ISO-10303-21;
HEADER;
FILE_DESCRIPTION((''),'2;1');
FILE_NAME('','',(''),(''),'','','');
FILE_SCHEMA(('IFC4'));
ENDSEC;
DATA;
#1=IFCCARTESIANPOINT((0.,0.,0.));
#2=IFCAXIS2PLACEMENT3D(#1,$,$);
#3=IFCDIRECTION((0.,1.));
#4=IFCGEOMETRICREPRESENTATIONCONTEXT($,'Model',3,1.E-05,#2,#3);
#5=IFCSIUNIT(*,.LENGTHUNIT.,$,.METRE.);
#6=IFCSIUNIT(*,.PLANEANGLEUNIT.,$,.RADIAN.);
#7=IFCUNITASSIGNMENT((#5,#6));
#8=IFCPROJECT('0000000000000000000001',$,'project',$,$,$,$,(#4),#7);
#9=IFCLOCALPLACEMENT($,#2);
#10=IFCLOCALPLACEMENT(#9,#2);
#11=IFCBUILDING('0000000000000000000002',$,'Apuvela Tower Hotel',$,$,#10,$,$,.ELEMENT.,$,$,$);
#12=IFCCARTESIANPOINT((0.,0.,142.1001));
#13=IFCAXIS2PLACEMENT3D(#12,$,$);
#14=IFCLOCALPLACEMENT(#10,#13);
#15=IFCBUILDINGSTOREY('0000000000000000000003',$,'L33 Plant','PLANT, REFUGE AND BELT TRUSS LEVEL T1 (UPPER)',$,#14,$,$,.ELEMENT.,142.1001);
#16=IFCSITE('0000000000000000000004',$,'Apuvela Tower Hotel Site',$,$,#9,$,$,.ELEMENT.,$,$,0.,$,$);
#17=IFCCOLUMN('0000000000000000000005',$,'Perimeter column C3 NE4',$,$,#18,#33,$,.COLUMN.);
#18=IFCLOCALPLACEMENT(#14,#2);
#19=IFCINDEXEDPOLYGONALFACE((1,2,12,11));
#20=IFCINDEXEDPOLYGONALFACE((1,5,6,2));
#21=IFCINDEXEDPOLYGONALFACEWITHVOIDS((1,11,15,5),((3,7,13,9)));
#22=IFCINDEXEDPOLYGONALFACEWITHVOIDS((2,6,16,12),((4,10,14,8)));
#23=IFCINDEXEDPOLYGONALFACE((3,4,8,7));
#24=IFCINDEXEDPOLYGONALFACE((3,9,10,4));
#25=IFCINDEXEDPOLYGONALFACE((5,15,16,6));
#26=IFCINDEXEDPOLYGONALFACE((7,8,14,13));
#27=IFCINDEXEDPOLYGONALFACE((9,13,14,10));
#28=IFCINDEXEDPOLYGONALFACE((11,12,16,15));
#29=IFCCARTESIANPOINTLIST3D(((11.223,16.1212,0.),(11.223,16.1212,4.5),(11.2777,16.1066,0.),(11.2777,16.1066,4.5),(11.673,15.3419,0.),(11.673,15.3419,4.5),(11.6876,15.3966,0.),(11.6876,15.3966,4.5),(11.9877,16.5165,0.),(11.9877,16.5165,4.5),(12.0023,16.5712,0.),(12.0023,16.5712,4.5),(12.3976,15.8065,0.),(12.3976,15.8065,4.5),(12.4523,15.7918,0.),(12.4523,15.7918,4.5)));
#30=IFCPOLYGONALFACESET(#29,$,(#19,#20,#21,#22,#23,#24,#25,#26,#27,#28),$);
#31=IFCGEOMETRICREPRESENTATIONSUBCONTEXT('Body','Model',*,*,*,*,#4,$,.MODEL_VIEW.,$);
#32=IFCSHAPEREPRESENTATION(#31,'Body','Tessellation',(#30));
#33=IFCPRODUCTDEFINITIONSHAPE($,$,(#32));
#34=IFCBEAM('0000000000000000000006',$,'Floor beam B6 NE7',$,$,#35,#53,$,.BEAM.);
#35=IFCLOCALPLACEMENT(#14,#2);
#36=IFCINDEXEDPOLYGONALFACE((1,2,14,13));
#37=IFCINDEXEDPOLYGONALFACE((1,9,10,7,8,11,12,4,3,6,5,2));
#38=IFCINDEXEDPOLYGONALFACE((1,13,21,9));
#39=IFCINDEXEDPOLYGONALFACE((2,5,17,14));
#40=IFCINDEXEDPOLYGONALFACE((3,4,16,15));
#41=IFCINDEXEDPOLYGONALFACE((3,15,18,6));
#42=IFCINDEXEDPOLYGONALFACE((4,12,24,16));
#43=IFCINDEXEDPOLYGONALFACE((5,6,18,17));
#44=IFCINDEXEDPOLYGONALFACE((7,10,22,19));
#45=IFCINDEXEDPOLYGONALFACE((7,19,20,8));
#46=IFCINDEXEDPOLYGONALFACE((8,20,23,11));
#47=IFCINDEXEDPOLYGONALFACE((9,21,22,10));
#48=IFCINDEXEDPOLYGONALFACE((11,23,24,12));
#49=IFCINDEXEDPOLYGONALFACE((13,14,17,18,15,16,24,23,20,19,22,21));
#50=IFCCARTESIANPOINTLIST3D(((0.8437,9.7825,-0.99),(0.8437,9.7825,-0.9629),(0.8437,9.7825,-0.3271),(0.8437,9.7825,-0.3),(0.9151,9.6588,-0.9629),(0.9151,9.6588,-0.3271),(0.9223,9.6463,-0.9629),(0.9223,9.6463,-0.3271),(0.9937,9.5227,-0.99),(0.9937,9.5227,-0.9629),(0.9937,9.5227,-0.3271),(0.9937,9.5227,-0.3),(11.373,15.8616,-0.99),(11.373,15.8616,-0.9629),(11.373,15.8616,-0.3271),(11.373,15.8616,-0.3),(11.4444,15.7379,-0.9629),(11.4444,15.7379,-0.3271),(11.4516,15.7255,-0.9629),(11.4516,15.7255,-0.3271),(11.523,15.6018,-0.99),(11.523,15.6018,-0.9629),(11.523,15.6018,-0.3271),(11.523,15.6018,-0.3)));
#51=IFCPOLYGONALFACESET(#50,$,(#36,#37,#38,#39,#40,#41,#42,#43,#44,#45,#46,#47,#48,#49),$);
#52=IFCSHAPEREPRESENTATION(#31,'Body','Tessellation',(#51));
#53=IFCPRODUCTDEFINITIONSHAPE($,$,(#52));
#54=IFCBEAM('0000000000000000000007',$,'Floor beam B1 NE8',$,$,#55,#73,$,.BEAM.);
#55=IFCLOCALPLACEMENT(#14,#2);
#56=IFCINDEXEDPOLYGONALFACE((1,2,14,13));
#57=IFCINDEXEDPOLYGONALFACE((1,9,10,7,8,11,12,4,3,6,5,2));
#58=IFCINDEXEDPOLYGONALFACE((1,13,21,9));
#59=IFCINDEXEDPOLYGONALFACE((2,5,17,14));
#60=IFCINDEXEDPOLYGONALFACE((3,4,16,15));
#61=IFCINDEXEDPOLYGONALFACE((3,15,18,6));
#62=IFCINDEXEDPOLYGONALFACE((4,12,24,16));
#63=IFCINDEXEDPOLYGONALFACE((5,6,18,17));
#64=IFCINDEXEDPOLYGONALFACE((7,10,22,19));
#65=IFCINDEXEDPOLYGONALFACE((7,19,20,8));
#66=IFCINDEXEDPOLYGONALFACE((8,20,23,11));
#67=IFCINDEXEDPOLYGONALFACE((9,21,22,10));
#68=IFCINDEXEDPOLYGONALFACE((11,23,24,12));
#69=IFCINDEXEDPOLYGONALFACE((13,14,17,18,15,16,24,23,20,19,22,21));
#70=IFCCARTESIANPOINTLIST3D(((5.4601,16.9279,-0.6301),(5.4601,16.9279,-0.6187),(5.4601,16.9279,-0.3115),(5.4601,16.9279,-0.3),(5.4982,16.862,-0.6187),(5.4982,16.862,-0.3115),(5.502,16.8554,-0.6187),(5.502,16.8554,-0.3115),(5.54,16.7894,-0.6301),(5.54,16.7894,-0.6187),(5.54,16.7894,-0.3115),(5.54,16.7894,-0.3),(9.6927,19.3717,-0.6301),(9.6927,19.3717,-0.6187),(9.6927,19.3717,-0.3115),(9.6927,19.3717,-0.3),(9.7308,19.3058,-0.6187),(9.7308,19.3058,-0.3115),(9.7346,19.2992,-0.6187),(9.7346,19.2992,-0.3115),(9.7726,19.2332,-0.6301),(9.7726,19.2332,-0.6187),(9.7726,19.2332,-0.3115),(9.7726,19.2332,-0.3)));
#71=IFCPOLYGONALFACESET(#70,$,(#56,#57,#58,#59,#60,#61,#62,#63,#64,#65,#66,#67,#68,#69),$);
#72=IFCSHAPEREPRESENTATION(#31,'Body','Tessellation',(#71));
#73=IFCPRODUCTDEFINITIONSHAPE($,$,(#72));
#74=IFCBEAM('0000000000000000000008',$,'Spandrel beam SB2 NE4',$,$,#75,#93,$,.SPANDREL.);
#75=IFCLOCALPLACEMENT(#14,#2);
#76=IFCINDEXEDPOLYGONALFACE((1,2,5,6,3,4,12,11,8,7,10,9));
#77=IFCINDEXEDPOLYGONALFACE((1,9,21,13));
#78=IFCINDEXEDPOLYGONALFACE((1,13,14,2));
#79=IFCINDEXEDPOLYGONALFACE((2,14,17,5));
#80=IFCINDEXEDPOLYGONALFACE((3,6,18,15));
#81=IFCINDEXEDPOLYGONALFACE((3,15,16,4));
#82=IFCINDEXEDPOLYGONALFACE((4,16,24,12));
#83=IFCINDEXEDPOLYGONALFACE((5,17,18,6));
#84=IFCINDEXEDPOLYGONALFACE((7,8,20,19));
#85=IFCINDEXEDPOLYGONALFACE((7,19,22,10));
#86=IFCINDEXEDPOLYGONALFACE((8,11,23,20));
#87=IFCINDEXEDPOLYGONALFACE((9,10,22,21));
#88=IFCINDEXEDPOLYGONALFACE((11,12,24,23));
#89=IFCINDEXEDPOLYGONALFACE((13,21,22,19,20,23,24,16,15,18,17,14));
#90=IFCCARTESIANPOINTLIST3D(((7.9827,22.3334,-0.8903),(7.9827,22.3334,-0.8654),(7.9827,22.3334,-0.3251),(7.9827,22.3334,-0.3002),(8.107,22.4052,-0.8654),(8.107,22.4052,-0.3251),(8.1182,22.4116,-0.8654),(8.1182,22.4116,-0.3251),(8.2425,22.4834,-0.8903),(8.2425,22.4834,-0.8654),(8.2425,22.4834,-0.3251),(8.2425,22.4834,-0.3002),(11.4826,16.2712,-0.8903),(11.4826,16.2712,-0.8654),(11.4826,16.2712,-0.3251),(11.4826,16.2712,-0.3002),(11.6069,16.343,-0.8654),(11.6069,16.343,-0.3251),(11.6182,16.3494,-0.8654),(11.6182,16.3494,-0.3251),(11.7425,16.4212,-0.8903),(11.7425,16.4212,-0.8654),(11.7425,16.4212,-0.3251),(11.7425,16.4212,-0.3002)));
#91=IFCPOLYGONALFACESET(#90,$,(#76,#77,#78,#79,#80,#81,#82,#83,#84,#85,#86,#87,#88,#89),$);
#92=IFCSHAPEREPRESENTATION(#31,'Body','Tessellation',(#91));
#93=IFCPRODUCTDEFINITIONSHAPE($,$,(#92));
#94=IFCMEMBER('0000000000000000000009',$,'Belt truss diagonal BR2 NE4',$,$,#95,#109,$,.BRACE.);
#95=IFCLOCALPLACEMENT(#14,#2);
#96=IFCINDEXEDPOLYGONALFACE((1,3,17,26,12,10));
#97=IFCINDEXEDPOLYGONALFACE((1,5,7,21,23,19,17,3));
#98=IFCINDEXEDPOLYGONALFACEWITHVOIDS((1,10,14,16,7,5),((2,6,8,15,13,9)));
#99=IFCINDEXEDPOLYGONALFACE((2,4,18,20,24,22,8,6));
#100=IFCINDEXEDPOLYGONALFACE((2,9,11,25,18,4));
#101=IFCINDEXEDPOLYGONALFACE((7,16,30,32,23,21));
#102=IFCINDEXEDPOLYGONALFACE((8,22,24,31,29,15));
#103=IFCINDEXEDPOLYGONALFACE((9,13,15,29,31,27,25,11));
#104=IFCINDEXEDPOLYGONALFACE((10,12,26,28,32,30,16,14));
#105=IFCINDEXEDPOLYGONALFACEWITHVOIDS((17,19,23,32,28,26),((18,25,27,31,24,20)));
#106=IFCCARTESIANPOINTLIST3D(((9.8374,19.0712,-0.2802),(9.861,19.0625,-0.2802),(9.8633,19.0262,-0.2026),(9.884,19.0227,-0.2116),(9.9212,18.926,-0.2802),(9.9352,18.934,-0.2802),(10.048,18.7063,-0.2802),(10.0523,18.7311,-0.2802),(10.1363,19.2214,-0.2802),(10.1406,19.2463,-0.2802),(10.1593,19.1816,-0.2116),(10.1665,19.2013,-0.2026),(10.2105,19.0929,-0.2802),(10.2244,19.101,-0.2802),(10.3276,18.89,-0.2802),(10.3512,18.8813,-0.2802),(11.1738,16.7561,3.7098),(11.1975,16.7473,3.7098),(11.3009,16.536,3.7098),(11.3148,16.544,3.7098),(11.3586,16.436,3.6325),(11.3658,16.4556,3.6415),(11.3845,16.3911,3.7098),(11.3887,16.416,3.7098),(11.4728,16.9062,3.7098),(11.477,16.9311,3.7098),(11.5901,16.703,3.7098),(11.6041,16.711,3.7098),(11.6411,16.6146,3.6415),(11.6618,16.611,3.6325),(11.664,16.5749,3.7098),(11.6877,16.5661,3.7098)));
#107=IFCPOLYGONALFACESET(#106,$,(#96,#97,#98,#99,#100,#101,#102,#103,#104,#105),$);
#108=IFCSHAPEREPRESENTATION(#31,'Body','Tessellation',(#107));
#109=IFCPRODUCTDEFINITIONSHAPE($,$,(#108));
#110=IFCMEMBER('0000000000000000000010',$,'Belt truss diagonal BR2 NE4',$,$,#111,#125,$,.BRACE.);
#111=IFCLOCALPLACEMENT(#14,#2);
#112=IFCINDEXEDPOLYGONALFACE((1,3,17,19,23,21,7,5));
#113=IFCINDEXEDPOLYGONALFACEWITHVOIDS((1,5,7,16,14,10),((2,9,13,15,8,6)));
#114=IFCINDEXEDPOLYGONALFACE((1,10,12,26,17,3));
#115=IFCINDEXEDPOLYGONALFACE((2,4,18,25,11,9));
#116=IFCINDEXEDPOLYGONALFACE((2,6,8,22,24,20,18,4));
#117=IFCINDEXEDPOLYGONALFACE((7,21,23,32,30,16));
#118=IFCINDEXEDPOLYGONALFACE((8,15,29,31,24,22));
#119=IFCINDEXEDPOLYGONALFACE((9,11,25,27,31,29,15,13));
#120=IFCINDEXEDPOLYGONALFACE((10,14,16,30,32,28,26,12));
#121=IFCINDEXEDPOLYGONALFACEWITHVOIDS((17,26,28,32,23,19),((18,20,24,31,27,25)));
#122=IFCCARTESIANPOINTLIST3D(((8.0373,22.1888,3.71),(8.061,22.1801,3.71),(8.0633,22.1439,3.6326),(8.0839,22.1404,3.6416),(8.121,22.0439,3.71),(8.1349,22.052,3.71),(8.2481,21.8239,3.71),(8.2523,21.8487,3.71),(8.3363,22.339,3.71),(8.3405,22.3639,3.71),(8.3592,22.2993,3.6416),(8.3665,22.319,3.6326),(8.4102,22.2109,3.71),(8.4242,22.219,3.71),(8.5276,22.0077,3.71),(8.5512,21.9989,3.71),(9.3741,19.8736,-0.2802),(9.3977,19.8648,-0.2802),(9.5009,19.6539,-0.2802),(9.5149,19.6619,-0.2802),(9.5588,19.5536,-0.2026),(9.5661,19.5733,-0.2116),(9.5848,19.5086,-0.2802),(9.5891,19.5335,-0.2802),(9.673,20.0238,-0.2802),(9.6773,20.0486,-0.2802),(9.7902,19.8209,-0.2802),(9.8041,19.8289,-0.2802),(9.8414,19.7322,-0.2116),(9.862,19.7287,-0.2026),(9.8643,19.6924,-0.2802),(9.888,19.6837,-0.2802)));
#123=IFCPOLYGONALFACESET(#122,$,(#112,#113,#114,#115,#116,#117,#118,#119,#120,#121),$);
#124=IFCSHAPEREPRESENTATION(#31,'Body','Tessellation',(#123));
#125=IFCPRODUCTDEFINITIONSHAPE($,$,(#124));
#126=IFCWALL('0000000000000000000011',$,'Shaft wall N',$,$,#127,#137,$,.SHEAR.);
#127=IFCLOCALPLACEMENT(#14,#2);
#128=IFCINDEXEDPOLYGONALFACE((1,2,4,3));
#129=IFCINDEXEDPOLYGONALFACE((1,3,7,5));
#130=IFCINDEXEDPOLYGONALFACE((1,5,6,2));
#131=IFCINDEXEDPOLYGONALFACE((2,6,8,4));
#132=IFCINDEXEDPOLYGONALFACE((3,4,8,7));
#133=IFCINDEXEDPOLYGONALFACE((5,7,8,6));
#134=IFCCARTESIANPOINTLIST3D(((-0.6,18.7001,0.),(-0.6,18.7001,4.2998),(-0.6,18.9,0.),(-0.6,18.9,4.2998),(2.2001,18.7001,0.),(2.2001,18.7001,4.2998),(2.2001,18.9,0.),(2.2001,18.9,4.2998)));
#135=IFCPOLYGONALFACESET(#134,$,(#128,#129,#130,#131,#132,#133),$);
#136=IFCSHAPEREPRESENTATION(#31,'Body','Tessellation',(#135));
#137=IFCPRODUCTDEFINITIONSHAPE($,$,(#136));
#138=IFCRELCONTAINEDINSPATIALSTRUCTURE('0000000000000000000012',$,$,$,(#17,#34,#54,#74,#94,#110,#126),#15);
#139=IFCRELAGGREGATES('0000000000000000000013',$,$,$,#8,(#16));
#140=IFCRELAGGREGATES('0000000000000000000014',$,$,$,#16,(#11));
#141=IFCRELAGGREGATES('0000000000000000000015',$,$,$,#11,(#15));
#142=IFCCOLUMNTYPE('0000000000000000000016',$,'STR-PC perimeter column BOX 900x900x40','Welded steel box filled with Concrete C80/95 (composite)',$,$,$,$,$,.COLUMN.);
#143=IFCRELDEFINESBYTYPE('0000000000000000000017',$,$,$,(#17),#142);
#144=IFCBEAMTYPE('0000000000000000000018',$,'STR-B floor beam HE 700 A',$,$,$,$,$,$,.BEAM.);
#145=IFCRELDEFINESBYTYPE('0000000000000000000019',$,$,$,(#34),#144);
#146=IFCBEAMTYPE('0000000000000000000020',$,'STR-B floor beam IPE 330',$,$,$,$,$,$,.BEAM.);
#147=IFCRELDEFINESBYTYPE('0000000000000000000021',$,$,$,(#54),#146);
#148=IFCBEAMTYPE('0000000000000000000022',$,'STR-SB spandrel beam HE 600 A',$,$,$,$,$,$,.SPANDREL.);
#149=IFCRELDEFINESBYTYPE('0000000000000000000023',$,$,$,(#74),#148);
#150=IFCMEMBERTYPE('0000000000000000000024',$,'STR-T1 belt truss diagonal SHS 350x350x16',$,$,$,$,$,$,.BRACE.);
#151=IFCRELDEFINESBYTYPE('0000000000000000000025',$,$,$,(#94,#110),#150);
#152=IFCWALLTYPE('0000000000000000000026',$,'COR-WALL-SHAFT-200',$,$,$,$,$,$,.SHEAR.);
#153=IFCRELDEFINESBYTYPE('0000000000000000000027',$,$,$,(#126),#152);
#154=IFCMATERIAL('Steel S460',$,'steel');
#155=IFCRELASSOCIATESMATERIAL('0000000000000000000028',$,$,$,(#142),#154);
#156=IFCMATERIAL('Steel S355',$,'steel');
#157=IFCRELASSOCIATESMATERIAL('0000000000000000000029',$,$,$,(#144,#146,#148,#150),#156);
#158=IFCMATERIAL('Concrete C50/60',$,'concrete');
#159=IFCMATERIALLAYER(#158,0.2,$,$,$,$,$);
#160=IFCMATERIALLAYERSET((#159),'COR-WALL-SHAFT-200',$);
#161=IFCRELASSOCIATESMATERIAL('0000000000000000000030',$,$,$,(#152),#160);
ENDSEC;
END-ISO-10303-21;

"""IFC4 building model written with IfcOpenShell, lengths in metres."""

from ifc_helpers import new_model, si_unit, direction, frame, frame_2d, origin, origin_2d, place, context, subcontext, project, spatial, rectangle, hollow_rectangle, i_section, extrude, boolean, halfspace, material, layer, layer_set, material_profile, profile_set, type_object, element, save


model = new_model("IFC4")

# Units and contexts
model_context = context("Model", 3, precision=1e-05, world=origin(), true_north=direction((0.0, 1.0)))
body_context = subcontext(model_context, "Body", "Model", "MODEL_VIEW")
ifc_project = project(units=[si_unit("LENGTHUNIT", "METRE"), si_unit("PLANEANGLEUNIT", "RADIAN")], contexts=[model_context])

# Site, building, storey
site_placement = place(None, origin())
site = spatial("IfcSite", under=ifc_project, at=site_placement, Name="Apuvela Tower Hotel Site", CompositionType="ELEMENT", RefElevation=0.0)
building_placement = place(site_placement, origin())
building = spatial("IfcBuilding", under=site, at=building_placement, Name="Apuvela Tower Hotel", CompositionType="ELEMENT")
storey_placement = place(building_placement, frame((0.0, 0.0, 142.1001)))
storey = spatial("IfcBuildingStorey", under=building, at=storey_placement, Name="L33 Plant", Description="PLANT, REFUGE AND BELT TRUSS LEVEL T1 (UPPER)", CompositionType="ELEMENT", Elevation=142.1001)

# Column
ifc_material_1 = material(Name="Steel S460", Category="steel")
ifc_material_profile_1 = material_profile(ifc_material_1, hollow_rectangle(XDim=0.8999, YDim=0.8999, WallThickness=0.04, at=origin_2d()), Name="BOX 900x900x40")
ifc_material_2 = material(Name="Concrete C80/95", Category="concrete")
ifc_material_profile_2 = material_profile(ifc_material_2, rectangle(XDim=0.8201, YDim=0.8201, at=origin_2d()), Name="Concrete C80/95 infill")
ifc_profile_set_1 = profile_set([ifc_material_profile_1, ifc_material_profile_2], Name="Steel S460")
column_type = type_object("IfcColumnType", Name="STR-PC perimeter column BOX 900x900x40", Description="Welded steel box filled with Concrete C80/95 (composite)", PredefinedType="COLUMN", material=ifc_profile_set_1)
column_placement = place(storey_placement, frame((11.8376, 15.9565, 0.0), z_axis=(0.0, 0.0, 1.0), x_axis=(-0.5, 0.866025, 0.0)))
element("IfcColumn", 1, at=column_placement, inside=storey, type_object=column_type, Name="Perimeter column C3 NE4", PredefinedType="COLUMN", context=body_context, shape_type="SweptSolid", body=[
    extrude(hollow_rectangle(XDim=0.8999, YDim=0.8999, WallThickness=0.04, at=origin_2d()), origin(), (0.0, 0.0, 1.0), 4.5),
])

# Beams
ifc_material_3 = material(Name="Steel S355", Category="steel")
ifc_material_profile_3 = material_profile(ifc_material_3, i_section(OverallWidth=0.3, OverallDepth=0.6899, WebThickness=0.0144, FlangeThickness=0.0271, at=origin_2d()), Name="HE 700 A")
ifc_profile_set_2 = profile_set([ifc_material_profile_3], Name="Steel S355")
beam_type_1 = type_object("IfcBeamType", Name="STR-B floor beam HE 700 A", PredefinedType="BEAM", material=ifc_profile_set_2)
beam_1_placement = place(storey_placement, frame((11.448, 15.7317, -0.645), z_axis=(-0.866025, -0.500001, 0.0), x_axis=(0.500001, -0.866025, 0.0)))
element("IfcBeam", 2, at=beam_1_placement, inside=storey, type_object=beam_type_1, Name="Floor beam B6 NE7", PredefinedType="BEAM", context=body_context, shape_type="SweptSolid", body=[
    extrude(i_section(OverallWidth=0.3, OverallDepth=0.6899, WebThickness=0.0144, FlangeThickness=0.0271, at=origin_2d()), origin(), (0.0, 0.0, 1.0), 12.1582),
])
ifc_material_profile_4 = material_profile(ifc_material_3, i_section(OverallWidth=0.1599, OverallDepth=0.3301, WebThickness=0.0076, FlangeThickness=0.0115, at=origin_2d()), Name="IPE 330")
ifc_profile_set_3 = profile_set([ifc_material_profile_4], Name="Steel S355")
beam_type_2 = type_object("IfcBeamType", Name="STR-B floor beam IPE 330", PredefinedType="BEAM", material=ifc_profile_set_3)
beam_2_placement = place(storey_placement, frame((9.7327, 19.3025, -0.4651), z_axis=(-0.866015, -0.500018, 0.0), x_axis=(0.500018, -0.866015, 0.0)))
element("IfcBeam", 3, at=beam_2_placement, inside=storey, type_object=beam_type_2, Name="Floor beam B1 NE8", PredefinedType="BEAM", context=body_context, shape_type="SweptSolid", body=[
    extrude(i_section(OverallWidth=0.1599, OverallDepth=0.3301, WebThickness=0.0076, FlangeThickness=0.0115, at=origin_2d()), origin(), (0.0, 0.0, 1.0), 4.8875),
])
ifc_material_profile_5 = material_profile(ifc_material_3, i_section(OverallWidth=0.3, OverallDepth=0.5901, WebThickness=0.0129, FlangeThickness=0.0249, at=origin_2d()), Name="HE 600 A")
ifc_profile_set_4 = profile_set([ifc_material_profile_5], Name="Steel S355")
beam_type_3 = type_object("IfcBeamType", Name="STR-SB spandrel beam HE 600 A", PredefinedType="SPANDREL", material=ifc_profile_set_4)
beam_3_placement = place(storey_placement, frame((11.6125, 16.3462, -0.5952), z_axis=(-0.499995, 0.866028, 0.0), x_axis=(-0.866028, -0.499995, 0.0)))
element("IfcBeam", 4, at=beam_3_placement, inside=storey, type_object=beam_type_3, Name="Spandrel beam SB2 NE4", PredefinedType="SPANDREL", context=body_context, shape_type="SweptSolid", body=[
    extrude(i_section(OverallWidth=0.3, OverallDepth=0.5901, WebThickness=0.0129, FlangeThickness=0.0249, at=origin_2d()), origin(), (0.0, 0.0, 1.0), 7.0),
])

# Members
ifc_material_profile_6 = material_profile(ifc_material_3, hollow_rectangle(XDim=0.3501, YDim=0.3501, WallThickness=0.0161, at=origin_2d()), Name="SHS 350x350x16")
ifc_profile_set_5 = profile_set([ifc_material_profile_6], Name="Steel S355")
member_type = type_object("IfcMemberType", Name="STR-T1 belt truss diagonal SHS 350x350x16", PredefinedType="BRACE", material=ifc_profile_set_5)
member_1_placement = place(storey_placement, frame((10.0876, 18.9878, -0.3), z_axis=(0.278269, -0.48205, 0.830779), x_axis=(-0.415341, 0.719504, 0.556602)))
solid_1 = boolean("DIFFERENCE", boolean("DIFFERENCE", extrude(hollow_rectangle(XDim=0.3501, YDim=0.3501, WallThickness=0.0161, at=origin_2d()), frame((0.0, 0.0, -0.2373)), (0.0, 0.0, 1.0), 5.3252), halfspace(frame((0.0, 0.0, 0.0239), z_axis=(0.556602, 0.0, 0.830779), x_axis=(0.830779, 0.0, -0.556602)), True)), halfspace(frame((0.0, 0.0, 4.8267), z_axis=(0.556602, 0.0, 0.830779), x_axis=(0.830779, 0.0, -0.556602)), False))
element("IfcMember", 5, at=member_1_placement, inside=storey, type_object=member_type, Name="Belt truss diagonal BR2 NE4", PredefinedType="BRACE", context=body_context, shape_type="SweptSolid", body=[
    boolean("UNION", boolean("DIFFERENCE", boolean("DIFFERENCE", extrude(hollow_rectangle(XDim=0.3501, YDim=0.3501, WallThickness=0.0161, at=origin_2d()), origin(), (0.0, 0.0, 1.0), 4.8508), halfspace(frame((0.0, 0.0, 0.0239), z_axis=(0.556602, 0.0, 0.830779), x_axis=(0.830779, 0.0, -0.556602)), True)), halfspace(frame((0.0, 0.0, 4.8267), z_axis=(0.556602, 0.0, 0.830779), x_axis=(0.830779, 0.0, -0.556602)), False)), solid_1),
])
member_2_placement = place(storey_placement, frame((9.6377, 19.7671, -0.3), z_axis=(-0.278315, 0.482044, 0.830768), x_axis=(0.415392, -0.719461, 0.556619)))
solid_2 = boolean("DIFFERENCE", boolean("DIFFERENCE", extrude(hollow_rectangle(XDim=0.3501, YDim=0.3501, WallThickness=0.0161, at=origin_2d()), frame((0.0, 0.0, -0.2373)), (0.0, 0.0, 1.0), 5.3254), halfspace(frame((0.0, 0.0, 0.0239), z_axis=(0.556619, 0.0, 0.830768), x_axis=(0.830768, 0.0, -0.556619)), True)), halfspace(frame((0.0, 0.0, 4.8269), z_axis=(0.556619, 0.0, 0.830768), x_axis=(0.830768, 0.0, -0.556619)), False))
element("IfcMember", 6, at=member_2_placement, inside=storey, type_object=member_type, Name="Belt truss diagonal BR2 NE4", PredefinedType="BRACE", context=body_context, shape_type="SweptSolid", body=[
    boolean("UNION", boolean("DIFFERENCE", boolean("DIFFERENCE", extrude(hollow_rectangle(XDim=0.3501, YDim=0.3501, WallThickness=0.0161, at=origin_2d()), origin(), (0.0, 0.0, 1.0), 4.8511), halfspace(frame((0.0, 0.0, 0.0239), z_axis=(0.556619, 0.0, 0.830768), x_axis=(0.830768, 0.0, -0.556619)), True)), halfspace(frame((0.0, 0.0, 4.8269), z_axis=(0.556619, 0.0, 0.830768), x_axis=(0.830768, 0.0, -0.556619)), False)), solid_2),
])

# Wall
ifc_material_4 = material(Name="Concrete C50/60", Category="concrete")
ifc_layer_1 = layer(ifc_material_4, 0.2)
ifc_layer_set_1 = layer_set([ifc_layer_1], Name="COR-WALL-SHAFT-200")
wall_type_1 = type_object("IfcWallType", Name="COR-WALL-SHAFT-200", PredefinedType="SHEAR", material=ifc_layer_set_1)
wall_1_placement = place(storey_placement, frame((2.2, 18.8, 0.0), z_axis=(0.0, 0.0, 1.0), x_axis=(-1.0, 0.0, 0.0)))
element("IfcWall", 7, at=wall_1_placement, inside=storey, type_object=wall_type_1, Name="Shaft wall N", PredefinedType="SHEAR", context=body_context, shape_type="SweptSolid", body=[
    extrude(rectangle(XDim=2.8, YDim=0.2, at=frame_2d((1.3999, 0.0))), origin(), (0.0, 0.0, 1.0), 4.2998),
])

save(model, "model.ifc")
